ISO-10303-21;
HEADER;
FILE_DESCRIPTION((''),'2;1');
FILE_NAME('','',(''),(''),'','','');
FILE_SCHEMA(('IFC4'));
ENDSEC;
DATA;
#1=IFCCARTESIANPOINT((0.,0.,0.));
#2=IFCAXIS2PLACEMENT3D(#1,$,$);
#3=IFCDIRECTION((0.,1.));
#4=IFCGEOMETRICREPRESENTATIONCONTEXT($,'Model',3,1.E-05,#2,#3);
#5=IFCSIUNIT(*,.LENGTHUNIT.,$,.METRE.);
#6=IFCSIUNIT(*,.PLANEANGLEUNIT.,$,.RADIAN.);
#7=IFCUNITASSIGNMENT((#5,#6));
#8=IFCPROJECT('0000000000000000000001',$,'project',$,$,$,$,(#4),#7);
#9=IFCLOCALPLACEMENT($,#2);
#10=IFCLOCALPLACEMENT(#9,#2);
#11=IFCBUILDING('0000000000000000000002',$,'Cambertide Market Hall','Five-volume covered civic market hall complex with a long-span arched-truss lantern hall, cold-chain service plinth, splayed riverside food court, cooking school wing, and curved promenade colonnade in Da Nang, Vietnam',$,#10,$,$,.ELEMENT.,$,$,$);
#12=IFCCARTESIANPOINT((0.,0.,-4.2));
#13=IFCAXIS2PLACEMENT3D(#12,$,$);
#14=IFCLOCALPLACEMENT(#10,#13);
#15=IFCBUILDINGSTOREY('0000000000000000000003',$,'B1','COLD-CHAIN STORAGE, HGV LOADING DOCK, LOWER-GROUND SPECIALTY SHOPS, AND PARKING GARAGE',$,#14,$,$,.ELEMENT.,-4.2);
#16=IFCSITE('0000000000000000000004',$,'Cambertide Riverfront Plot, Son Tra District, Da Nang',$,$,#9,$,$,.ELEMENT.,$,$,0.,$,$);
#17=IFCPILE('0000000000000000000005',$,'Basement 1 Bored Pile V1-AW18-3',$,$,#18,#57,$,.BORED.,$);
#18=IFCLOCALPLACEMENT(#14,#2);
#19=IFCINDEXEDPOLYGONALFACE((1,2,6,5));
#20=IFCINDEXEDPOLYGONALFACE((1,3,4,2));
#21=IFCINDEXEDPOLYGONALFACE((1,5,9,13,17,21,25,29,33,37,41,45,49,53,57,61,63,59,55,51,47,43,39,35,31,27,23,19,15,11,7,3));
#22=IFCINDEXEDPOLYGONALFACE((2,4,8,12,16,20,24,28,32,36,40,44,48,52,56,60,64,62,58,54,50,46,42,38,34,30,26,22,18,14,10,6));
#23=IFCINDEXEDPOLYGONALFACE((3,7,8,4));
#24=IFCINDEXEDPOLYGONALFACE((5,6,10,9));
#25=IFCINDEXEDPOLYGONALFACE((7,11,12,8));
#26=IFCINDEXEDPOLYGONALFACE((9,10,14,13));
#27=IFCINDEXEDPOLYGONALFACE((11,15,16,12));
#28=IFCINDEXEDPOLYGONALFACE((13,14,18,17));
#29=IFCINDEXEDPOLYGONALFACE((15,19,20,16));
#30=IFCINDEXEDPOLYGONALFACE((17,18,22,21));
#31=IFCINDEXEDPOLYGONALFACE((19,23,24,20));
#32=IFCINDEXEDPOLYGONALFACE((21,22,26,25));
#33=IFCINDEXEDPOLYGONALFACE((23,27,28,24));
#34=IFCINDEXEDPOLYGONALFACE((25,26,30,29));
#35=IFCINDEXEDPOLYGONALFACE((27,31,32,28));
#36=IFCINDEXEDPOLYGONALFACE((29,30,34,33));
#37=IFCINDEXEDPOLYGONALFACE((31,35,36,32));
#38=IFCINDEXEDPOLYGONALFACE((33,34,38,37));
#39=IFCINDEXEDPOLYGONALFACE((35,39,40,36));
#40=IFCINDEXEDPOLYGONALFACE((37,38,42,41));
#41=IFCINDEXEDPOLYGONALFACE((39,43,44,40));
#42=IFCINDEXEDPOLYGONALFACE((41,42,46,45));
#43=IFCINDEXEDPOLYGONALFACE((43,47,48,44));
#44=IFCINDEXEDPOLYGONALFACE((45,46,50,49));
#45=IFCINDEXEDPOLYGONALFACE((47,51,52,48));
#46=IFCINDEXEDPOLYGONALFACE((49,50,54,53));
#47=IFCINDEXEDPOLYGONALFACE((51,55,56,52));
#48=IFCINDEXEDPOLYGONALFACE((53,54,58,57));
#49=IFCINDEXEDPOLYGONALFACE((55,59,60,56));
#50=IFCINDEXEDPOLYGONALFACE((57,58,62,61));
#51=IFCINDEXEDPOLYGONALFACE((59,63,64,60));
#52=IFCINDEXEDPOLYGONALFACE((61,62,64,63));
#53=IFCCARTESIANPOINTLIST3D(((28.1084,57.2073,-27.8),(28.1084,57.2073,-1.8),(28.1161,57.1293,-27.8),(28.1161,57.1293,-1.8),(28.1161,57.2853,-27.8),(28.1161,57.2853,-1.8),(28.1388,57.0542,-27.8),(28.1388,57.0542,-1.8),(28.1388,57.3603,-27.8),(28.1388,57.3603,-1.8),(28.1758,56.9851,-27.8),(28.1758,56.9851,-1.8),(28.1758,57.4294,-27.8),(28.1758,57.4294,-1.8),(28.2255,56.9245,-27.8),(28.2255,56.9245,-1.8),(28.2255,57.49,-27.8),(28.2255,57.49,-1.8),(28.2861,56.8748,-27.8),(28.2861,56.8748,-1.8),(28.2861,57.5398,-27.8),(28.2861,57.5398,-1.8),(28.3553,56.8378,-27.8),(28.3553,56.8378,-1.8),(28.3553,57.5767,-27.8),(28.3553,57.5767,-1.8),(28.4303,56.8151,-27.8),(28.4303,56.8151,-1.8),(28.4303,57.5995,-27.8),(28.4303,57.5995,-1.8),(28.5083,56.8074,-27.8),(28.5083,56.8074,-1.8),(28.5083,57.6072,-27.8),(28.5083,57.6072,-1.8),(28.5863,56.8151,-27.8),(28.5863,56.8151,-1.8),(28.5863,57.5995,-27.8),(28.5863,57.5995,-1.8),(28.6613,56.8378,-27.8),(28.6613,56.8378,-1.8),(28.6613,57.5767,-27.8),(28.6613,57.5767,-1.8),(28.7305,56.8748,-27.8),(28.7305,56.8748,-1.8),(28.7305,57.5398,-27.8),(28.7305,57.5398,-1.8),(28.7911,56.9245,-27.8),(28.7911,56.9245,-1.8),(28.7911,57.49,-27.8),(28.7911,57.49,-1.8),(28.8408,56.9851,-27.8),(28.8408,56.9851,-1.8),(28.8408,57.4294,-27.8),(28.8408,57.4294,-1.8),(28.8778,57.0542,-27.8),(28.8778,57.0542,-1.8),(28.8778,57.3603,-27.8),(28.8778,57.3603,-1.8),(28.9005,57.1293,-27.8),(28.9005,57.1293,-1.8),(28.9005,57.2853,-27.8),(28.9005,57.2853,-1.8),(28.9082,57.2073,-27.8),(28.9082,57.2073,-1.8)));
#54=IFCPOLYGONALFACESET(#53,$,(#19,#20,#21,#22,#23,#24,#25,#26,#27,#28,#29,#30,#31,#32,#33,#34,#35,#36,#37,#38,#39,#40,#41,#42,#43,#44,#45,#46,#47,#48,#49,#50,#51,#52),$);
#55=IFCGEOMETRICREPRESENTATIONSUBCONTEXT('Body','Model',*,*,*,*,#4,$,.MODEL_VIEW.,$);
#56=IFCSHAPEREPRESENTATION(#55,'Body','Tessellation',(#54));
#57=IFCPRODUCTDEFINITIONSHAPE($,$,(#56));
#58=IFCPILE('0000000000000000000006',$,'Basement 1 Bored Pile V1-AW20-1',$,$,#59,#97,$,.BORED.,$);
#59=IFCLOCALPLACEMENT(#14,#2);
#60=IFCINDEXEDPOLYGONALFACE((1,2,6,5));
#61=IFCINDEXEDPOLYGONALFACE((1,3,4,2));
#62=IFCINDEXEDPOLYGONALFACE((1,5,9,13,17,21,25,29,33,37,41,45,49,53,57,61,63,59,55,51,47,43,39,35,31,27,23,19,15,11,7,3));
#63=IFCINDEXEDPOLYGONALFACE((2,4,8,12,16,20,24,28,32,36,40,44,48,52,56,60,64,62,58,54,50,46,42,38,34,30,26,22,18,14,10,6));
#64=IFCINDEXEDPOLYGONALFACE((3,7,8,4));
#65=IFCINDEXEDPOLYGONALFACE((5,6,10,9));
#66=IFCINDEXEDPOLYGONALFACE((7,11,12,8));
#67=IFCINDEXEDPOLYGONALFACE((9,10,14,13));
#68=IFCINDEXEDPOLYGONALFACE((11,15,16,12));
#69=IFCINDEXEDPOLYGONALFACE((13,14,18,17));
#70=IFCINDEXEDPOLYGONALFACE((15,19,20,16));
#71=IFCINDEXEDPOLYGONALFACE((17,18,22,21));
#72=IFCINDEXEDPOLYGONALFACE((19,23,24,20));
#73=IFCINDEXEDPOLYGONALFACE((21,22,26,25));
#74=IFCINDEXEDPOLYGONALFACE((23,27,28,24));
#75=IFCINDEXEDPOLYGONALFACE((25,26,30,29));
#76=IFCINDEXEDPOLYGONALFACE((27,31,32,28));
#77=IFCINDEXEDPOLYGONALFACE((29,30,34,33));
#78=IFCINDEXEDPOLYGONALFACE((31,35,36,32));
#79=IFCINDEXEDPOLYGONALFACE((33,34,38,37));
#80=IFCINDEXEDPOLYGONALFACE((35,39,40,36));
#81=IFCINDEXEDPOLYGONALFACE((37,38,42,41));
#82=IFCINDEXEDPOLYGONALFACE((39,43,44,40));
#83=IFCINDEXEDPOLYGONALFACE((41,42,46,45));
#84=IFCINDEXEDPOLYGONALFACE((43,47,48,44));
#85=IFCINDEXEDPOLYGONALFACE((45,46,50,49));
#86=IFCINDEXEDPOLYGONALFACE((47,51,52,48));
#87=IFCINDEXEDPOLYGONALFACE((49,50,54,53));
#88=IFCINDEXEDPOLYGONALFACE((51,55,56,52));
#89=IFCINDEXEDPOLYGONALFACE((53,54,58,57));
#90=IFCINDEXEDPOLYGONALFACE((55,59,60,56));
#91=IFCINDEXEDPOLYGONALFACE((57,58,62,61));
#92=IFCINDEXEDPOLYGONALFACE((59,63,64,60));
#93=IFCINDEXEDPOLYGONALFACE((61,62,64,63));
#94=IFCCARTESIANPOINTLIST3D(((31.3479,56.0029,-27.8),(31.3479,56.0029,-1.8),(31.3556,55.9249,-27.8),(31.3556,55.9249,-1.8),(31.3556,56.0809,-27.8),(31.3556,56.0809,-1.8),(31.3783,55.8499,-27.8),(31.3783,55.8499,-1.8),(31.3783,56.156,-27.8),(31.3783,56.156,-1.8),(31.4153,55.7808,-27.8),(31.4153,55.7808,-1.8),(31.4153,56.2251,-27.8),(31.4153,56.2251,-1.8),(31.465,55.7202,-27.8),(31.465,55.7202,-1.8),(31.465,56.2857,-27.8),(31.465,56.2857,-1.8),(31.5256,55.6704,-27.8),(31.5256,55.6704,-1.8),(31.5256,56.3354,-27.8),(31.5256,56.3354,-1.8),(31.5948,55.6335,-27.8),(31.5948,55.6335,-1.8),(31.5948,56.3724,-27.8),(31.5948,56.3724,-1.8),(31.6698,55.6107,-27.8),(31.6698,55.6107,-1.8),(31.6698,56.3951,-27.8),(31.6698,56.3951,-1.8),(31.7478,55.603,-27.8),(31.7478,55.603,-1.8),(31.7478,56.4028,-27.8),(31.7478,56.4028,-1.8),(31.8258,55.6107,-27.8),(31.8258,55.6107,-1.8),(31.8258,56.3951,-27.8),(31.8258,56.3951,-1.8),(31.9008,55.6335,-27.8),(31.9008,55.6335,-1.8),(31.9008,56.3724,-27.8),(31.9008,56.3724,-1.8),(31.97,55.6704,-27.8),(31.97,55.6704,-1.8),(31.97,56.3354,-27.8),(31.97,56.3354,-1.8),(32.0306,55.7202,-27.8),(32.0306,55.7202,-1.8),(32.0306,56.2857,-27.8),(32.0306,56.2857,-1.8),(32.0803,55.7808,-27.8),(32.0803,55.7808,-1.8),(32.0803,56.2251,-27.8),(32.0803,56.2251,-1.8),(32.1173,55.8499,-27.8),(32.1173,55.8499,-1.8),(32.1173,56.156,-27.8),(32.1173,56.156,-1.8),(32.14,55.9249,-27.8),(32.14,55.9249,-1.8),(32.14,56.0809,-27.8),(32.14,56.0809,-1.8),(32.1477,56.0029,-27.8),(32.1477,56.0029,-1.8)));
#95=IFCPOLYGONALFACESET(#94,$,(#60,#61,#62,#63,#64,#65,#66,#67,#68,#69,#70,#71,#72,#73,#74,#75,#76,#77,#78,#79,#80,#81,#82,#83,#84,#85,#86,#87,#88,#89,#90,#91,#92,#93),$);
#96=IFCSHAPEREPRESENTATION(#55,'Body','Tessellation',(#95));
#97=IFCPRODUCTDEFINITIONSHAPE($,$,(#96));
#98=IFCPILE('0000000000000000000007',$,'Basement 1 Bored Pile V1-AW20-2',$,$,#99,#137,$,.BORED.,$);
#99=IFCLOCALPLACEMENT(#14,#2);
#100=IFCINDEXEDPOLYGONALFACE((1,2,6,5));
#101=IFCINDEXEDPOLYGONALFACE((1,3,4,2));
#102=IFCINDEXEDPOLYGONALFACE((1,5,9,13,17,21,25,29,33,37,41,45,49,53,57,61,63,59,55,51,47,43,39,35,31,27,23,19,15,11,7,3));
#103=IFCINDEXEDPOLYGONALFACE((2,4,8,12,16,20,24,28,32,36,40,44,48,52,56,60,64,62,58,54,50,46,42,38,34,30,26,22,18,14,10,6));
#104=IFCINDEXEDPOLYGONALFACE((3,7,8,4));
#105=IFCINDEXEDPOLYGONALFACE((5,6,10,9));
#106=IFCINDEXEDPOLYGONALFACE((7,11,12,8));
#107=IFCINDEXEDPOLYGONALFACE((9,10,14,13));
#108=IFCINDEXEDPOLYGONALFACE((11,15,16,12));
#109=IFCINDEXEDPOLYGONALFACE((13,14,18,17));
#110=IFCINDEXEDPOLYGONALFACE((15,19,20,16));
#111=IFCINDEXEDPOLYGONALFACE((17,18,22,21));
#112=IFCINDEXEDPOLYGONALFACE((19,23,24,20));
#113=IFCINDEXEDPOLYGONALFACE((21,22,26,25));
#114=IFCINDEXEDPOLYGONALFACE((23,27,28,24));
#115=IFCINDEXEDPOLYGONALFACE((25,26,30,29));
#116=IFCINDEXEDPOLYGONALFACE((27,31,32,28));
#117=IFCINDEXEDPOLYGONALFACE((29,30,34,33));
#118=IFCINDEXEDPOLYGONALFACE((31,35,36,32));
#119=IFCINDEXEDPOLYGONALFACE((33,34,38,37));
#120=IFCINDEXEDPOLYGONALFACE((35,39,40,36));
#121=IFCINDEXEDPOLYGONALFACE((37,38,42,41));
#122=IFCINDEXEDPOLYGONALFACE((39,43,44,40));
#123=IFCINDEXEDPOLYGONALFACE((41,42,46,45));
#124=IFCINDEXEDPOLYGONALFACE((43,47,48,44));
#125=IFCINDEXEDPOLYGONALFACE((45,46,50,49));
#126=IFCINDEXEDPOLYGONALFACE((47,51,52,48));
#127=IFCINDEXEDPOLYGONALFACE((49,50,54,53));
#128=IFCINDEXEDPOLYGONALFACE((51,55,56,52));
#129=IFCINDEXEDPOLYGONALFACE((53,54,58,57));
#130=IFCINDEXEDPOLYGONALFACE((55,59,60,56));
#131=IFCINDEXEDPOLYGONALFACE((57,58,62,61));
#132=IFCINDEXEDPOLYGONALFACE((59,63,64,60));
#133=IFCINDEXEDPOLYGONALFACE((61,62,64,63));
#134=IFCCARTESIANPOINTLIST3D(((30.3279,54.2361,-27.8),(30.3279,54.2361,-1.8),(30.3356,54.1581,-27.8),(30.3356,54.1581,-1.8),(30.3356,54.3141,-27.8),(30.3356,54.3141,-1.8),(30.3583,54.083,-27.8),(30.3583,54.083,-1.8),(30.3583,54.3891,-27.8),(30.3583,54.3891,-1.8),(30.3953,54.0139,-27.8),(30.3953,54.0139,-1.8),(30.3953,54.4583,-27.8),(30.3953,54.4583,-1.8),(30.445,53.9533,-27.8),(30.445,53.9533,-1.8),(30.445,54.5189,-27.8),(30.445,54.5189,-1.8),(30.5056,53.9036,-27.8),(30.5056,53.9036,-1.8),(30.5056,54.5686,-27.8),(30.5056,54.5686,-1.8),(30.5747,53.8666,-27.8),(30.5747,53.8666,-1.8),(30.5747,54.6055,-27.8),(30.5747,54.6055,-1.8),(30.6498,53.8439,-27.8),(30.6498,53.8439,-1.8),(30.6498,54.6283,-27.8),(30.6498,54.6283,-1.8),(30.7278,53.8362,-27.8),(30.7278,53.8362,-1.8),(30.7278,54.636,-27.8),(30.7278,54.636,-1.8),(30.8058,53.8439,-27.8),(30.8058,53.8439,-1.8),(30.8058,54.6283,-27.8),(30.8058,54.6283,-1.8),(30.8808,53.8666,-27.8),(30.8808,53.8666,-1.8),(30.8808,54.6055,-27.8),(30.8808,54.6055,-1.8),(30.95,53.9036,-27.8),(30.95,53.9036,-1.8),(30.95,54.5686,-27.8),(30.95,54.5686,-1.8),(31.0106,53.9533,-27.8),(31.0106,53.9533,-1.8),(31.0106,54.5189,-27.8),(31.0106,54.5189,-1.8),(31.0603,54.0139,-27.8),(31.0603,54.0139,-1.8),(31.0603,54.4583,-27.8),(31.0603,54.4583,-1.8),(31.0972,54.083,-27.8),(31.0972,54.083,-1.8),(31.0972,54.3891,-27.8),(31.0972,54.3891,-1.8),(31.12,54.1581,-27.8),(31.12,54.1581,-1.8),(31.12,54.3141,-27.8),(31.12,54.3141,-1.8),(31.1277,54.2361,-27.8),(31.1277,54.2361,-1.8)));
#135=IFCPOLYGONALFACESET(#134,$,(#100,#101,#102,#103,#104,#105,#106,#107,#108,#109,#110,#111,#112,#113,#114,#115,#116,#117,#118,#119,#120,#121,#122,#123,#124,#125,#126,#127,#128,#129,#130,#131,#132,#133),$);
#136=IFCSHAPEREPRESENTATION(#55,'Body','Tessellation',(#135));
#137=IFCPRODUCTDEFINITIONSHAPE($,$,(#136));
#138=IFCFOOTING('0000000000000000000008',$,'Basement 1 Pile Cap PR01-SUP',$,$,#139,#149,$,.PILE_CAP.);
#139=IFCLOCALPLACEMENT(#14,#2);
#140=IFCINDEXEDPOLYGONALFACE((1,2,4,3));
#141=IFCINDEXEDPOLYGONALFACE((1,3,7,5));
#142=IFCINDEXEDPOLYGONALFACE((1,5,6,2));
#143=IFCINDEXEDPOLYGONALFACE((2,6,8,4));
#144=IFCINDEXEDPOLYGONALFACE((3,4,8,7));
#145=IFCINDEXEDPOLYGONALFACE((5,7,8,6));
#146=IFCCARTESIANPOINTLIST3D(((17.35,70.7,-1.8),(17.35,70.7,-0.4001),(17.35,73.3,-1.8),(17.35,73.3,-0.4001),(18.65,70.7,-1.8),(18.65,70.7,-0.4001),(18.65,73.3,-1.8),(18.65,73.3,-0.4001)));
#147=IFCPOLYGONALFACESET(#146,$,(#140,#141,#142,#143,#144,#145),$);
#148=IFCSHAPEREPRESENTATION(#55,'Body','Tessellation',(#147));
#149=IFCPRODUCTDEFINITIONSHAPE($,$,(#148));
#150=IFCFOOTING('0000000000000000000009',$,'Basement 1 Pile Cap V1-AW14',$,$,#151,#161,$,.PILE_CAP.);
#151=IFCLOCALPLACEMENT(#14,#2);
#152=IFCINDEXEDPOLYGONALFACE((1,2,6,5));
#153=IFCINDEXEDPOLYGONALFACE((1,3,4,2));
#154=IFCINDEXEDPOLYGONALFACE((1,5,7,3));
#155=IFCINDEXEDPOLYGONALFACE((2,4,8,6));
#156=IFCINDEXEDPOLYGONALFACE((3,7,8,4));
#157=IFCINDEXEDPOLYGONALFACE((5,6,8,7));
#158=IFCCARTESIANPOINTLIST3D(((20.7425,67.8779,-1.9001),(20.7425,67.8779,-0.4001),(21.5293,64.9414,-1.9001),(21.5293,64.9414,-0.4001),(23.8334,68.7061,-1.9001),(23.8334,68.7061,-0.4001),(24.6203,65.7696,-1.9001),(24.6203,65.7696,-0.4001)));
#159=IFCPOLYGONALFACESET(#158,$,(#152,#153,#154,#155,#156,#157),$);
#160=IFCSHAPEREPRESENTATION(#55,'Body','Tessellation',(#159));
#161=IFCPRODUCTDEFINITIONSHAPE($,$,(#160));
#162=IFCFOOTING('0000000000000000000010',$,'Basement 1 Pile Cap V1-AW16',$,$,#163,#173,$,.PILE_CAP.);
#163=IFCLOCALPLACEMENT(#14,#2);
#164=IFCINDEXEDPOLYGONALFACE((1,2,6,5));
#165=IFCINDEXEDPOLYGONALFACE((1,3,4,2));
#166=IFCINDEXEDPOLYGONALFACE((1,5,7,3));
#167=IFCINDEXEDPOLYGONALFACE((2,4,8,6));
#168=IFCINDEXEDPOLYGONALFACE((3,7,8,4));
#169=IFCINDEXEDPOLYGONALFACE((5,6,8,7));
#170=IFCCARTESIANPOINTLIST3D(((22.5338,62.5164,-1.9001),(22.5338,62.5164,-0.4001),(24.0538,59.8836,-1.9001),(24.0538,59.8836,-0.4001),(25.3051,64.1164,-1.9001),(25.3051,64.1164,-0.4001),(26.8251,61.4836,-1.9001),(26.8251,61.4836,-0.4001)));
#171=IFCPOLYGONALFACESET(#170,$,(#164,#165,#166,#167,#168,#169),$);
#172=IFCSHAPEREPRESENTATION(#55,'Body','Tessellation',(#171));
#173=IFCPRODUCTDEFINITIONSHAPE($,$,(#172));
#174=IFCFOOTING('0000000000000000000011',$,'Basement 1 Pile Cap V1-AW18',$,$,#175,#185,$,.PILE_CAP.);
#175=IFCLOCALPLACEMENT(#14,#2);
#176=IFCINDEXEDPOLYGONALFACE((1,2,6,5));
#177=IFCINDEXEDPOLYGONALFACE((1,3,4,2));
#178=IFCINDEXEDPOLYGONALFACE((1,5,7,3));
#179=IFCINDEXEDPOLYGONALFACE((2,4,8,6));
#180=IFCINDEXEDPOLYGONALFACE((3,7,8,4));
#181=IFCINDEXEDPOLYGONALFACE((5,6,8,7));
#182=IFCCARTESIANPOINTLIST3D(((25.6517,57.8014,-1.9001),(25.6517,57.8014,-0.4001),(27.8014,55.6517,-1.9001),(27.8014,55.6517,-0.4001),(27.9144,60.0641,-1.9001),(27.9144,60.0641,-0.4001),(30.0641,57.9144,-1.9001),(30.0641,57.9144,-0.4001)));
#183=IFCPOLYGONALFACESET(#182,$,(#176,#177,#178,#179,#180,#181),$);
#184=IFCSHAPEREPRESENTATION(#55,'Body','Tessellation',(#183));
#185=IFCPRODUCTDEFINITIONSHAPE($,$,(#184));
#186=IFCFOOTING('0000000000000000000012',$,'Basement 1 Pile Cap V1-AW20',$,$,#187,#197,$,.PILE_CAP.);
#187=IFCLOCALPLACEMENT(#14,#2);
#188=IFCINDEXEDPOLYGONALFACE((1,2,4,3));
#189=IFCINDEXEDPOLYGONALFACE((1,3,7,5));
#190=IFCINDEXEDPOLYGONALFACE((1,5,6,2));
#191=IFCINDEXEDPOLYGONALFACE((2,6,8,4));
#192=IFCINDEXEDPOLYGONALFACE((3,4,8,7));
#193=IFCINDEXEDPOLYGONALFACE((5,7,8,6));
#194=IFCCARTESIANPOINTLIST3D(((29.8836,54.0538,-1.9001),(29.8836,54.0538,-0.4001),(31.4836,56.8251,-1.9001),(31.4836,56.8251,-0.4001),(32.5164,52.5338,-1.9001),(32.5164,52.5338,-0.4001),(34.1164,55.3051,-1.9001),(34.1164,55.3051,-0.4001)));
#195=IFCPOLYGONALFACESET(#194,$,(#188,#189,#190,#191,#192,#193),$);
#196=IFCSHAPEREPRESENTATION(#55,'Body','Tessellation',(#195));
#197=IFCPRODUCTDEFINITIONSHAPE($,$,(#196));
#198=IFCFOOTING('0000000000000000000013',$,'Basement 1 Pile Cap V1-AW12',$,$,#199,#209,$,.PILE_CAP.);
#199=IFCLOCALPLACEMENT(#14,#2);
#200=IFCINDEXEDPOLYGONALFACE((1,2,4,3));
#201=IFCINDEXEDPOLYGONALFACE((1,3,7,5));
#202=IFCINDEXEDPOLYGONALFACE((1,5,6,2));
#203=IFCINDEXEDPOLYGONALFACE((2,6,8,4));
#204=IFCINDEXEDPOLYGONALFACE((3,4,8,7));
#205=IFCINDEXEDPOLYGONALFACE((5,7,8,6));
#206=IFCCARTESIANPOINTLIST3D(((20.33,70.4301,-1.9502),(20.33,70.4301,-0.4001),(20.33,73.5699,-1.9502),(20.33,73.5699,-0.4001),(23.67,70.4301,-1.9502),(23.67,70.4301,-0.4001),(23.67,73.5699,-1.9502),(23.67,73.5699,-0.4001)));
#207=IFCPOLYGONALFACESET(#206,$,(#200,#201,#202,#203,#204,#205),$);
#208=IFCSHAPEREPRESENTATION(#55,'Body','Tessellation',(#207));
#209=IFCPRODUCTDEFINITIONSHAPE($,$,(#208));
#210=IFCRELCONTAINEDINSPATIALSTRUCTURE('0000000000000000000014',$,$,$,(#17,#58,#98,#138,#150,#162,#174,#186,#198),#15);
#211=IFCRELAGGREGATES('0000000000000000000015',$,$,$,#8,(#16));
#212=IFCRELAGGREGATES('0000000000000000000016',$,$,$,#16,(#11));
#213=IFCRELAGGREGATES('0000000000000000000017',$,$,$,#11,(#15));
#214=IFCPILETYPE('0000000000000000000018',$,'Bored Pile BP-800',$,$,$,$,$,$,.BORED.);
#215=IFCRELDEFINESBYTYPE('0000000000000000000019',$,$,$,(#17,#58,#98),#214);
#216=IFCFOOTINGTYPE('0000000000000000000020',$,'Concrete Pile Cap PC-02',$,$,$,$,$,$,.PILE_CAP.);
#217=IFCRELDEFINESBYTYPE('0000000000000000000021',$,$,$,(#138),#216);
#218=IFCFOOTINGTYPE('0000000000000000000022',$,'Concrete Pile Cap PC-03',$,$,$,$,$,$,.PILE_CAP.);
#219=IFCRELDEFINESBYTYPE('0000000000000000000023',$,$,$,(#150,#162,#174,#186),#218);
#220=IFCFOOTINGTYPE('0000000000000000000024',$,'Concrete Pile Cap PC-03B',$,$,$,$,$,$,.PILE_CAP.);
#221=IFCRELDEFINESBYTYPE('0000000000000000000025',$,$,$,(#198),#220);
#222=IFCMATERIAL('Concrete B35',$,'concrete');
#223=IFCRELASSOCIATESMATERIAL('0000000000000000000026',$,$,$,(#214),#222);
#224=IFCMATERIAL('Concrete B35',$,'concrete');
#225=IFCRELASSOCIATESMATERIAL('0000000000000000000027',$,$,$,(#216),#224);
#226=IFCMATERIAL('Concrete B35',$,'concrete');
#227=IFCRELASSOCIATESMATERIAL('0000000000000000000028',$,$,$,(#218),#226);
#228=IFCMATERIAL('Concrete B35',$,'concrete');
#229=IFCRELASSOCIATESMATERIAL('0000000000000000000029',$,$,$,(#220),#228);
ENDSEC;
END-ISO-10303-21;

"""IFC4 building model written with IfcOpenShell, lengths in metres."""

from ifc_helpers import new_model, si_unit, direction, frame, origin, origin_2d, place, context, subcontext, project, spatial, rectangle, circle, extrude, material, material_profile, profile_set, type_object, element, save


model = new_model("IFC4")

# Units and contexts
model_context = context("Model", 3, precision=1e-05, world=origin(), true_north=direction((0.0, 1.0)))
body_context = subcontext(model_context, "Body", "Model", "MODEL_VIEW")
ifc_project = project(units=[si_unit("LENGTHUNIT", "METRE"), si_unit("PLANEANGLEUNIT", "RADIAN")], contexts=[model_context])

# Site, building, storey
site_placement = place(None, origin())
site = spatial("IfcSite", under=ifc_project, at=site_placement, Name="Cambertide Riverfront Plot, Son Tra District, Da Nang", CompositionType="ELEMENT", RefElevation=0.0)
building_placement = place(site_placement, origin())
building = spatial("IfcBuilding", under=site, at=building_placement, Name="Cambertide Market Hall", Description="Five-volume covered civic market hall complex with a long-span arched-truss lantern hall, cold-chain service plinth, splayed riverside food court, cooking school wing, and curved promenade colonnade in Da Nang, Vietnam", CompositionType="ELEMENT")
storey_placement = place(building_placement, frame((0.0, 0.0, -4.2)))
storey = spatial("IfcBuildingStorey", under=building, at=storey_placement, Name="B1", Description="COLD-CHAIN STORAGE, HGV LOADING DOCK, LOWER-GROUND SPECIALTY SHOPS, AND PARKING GARAGE", CompositionType="ELEMENT", Elevation=-4.2)

# Piles
ifc_material_1 = material(Name="Concrete B35", Category="concrete")
ifc_material_profile_1 = material_profile(ifc_material_1, circle(Radius=0.3999, at=origin_2d()), Name="BP D800")
ifc_profile_set_1 = profile_set([ifc_material_profile_1], Name="Concrete B35")
pile_type_1 = type_object("IfcPileType", Name="Bored Pile BP-800", PredefinedType="BORED", material=ifc_profile_set_1)
for number, where, z_axis, x_axis, name in (
    (1, (28.5083, 57.2073, -1.8), (0.0, 0.0, -1.0), (1.0, 0.0, 0.0), "Basement 1 Bored Pile V1-AW18-3"),
    (2, (31.7478, 56.0029, -1.8), (0.0, 0.0, -1.0), (1.0, 0.0, 0.0), "Basement 1 Bored Pile V1-AW20-1"),
    (3, (30.7278, 54.2361, -1.8), (0.0, 0.0, -1.0), (1.0, 0.0, 0.0), "Basement 1 Bored Pile V1-AW20-2"),
):
    element("IfcPile", number, at=place(storey_placement, frame(where, z_axis=z_axis, x_axis=x_axis)), inside=storey, type_object=pile_type_1, Name=name, PredefinedType="BORED", context=body_context, shape_type="SweptSolid", body=[
        extrude(circle(Radius=0.3999, at=origin_2d()), origin(), (0.0, 0.0, 1.0), 26.0),
    ])

# Footings
ifc_material_2 = material(Name="Concrete B35", Category="concrete")
footing_type_1 = type_object("IfcFootingType", Name="Concrete Pile Cap PC-02", PredefinedType="PILE_CAP", material=ifc_material_2)
footing_1_placement = place(storey_placement, frame((18.0, 72.0, -1.8), z_axis=(0.0, 0.0, 1.0), x_axis=(0.0, 1.0, 0.0)))
element("IfcFooting", 4, at=footing_1_placement, inside=storey, type_object=footing_type_1, Name="Basement 1 Pile Cap PR01-SUP", PredefinedType="PILE_CAP", context=body_context, shape_type="SweptSolid", body=[
    extrude(rectangle(XDim=2.6001, YDim=1.3, at=origin_2d()), origin(), (0.0, 0.0, 1.0), 1.3999),
])
ifc_material_3 = material(Name="Concrete B35", Category="concrete")
footing_type_2 = type_object("IfcFootingType", Name="Concrete Pile Cap PC-03", PredefinedType="PILE_CAP", material=ifc_material_3)
for number, where, z_axis, x_axis, name in (
    (5, (22.6814, 66.8237, -1.9001), (0.0, 0.0, 1.0), (-0.965926, -0.258819, 0.0), "Basement 1 Pile Cap V1-AW14"),
    (6, (24.6794, 62.0, -1.9001), (0.0, 0.0, 1.0), (-0.866025, -0.5, 0.0), "Basement 1 Pile Cap V1-AW16"),
    (7, (27.8579, 57.8579, -1.9001), (0.0, 0.0, 1.0), (-0.707107, -0.707107, 0.0), "Basement 1 Pile Cap V1-AW18"),
    (8, (32.0, 54.6794, -1.9001), (0.0, 0.0, 1.0), (-0.5, -0.866025, 0.0), "Basement 1 Pile Cap V1-AW20"),
):
    element("IfcFooting", number, at=place(storey_placement, frame(where, z_axis=z_axis, x_axis=x_axis)), inside=storey, type_object=footing_type_2, Name=name, PredefinedType="PILE_CAP", context=body_context, shape_type="SweptSolid", body=[
        extrude(rectangle(XDim=3.2, YDim=3.04, at=origin_2d()), origin(), (0.0, 0.0, 1.0), 1.5),
    ])
ifc_material_4 = material(Name="Concrete B35", Category="concrete")
footing_type_3 = type_object("IfcFootingType", Name="Concrete Pile Cap PC-03B", PredefinedType="PILE_CAP", material=ifc_material_4)
footing_2_placement = place(storey_placement, frame((22.0, 72.0, -1.9502), z_axis=(0.0, 0.0, 1.0), x_axis=(-1.0, 0.0, 0.0)))
element("IfcFooting", 9, at=footing_2_placement, inside=storey, type_object=footing_type_3, Name="Basement 1 Pile Cap V1-AW12", PredefinedType="PILE_CAP", context=body_context, shape_type="SweptSolid", body=[
    extrude(rectangle(XDim=3.3401, YDim=3.1399, at=origin_2d()), origin(), (0.0, 0.0, 1.0), 1.55),
])

save(model, "model.ifc")
